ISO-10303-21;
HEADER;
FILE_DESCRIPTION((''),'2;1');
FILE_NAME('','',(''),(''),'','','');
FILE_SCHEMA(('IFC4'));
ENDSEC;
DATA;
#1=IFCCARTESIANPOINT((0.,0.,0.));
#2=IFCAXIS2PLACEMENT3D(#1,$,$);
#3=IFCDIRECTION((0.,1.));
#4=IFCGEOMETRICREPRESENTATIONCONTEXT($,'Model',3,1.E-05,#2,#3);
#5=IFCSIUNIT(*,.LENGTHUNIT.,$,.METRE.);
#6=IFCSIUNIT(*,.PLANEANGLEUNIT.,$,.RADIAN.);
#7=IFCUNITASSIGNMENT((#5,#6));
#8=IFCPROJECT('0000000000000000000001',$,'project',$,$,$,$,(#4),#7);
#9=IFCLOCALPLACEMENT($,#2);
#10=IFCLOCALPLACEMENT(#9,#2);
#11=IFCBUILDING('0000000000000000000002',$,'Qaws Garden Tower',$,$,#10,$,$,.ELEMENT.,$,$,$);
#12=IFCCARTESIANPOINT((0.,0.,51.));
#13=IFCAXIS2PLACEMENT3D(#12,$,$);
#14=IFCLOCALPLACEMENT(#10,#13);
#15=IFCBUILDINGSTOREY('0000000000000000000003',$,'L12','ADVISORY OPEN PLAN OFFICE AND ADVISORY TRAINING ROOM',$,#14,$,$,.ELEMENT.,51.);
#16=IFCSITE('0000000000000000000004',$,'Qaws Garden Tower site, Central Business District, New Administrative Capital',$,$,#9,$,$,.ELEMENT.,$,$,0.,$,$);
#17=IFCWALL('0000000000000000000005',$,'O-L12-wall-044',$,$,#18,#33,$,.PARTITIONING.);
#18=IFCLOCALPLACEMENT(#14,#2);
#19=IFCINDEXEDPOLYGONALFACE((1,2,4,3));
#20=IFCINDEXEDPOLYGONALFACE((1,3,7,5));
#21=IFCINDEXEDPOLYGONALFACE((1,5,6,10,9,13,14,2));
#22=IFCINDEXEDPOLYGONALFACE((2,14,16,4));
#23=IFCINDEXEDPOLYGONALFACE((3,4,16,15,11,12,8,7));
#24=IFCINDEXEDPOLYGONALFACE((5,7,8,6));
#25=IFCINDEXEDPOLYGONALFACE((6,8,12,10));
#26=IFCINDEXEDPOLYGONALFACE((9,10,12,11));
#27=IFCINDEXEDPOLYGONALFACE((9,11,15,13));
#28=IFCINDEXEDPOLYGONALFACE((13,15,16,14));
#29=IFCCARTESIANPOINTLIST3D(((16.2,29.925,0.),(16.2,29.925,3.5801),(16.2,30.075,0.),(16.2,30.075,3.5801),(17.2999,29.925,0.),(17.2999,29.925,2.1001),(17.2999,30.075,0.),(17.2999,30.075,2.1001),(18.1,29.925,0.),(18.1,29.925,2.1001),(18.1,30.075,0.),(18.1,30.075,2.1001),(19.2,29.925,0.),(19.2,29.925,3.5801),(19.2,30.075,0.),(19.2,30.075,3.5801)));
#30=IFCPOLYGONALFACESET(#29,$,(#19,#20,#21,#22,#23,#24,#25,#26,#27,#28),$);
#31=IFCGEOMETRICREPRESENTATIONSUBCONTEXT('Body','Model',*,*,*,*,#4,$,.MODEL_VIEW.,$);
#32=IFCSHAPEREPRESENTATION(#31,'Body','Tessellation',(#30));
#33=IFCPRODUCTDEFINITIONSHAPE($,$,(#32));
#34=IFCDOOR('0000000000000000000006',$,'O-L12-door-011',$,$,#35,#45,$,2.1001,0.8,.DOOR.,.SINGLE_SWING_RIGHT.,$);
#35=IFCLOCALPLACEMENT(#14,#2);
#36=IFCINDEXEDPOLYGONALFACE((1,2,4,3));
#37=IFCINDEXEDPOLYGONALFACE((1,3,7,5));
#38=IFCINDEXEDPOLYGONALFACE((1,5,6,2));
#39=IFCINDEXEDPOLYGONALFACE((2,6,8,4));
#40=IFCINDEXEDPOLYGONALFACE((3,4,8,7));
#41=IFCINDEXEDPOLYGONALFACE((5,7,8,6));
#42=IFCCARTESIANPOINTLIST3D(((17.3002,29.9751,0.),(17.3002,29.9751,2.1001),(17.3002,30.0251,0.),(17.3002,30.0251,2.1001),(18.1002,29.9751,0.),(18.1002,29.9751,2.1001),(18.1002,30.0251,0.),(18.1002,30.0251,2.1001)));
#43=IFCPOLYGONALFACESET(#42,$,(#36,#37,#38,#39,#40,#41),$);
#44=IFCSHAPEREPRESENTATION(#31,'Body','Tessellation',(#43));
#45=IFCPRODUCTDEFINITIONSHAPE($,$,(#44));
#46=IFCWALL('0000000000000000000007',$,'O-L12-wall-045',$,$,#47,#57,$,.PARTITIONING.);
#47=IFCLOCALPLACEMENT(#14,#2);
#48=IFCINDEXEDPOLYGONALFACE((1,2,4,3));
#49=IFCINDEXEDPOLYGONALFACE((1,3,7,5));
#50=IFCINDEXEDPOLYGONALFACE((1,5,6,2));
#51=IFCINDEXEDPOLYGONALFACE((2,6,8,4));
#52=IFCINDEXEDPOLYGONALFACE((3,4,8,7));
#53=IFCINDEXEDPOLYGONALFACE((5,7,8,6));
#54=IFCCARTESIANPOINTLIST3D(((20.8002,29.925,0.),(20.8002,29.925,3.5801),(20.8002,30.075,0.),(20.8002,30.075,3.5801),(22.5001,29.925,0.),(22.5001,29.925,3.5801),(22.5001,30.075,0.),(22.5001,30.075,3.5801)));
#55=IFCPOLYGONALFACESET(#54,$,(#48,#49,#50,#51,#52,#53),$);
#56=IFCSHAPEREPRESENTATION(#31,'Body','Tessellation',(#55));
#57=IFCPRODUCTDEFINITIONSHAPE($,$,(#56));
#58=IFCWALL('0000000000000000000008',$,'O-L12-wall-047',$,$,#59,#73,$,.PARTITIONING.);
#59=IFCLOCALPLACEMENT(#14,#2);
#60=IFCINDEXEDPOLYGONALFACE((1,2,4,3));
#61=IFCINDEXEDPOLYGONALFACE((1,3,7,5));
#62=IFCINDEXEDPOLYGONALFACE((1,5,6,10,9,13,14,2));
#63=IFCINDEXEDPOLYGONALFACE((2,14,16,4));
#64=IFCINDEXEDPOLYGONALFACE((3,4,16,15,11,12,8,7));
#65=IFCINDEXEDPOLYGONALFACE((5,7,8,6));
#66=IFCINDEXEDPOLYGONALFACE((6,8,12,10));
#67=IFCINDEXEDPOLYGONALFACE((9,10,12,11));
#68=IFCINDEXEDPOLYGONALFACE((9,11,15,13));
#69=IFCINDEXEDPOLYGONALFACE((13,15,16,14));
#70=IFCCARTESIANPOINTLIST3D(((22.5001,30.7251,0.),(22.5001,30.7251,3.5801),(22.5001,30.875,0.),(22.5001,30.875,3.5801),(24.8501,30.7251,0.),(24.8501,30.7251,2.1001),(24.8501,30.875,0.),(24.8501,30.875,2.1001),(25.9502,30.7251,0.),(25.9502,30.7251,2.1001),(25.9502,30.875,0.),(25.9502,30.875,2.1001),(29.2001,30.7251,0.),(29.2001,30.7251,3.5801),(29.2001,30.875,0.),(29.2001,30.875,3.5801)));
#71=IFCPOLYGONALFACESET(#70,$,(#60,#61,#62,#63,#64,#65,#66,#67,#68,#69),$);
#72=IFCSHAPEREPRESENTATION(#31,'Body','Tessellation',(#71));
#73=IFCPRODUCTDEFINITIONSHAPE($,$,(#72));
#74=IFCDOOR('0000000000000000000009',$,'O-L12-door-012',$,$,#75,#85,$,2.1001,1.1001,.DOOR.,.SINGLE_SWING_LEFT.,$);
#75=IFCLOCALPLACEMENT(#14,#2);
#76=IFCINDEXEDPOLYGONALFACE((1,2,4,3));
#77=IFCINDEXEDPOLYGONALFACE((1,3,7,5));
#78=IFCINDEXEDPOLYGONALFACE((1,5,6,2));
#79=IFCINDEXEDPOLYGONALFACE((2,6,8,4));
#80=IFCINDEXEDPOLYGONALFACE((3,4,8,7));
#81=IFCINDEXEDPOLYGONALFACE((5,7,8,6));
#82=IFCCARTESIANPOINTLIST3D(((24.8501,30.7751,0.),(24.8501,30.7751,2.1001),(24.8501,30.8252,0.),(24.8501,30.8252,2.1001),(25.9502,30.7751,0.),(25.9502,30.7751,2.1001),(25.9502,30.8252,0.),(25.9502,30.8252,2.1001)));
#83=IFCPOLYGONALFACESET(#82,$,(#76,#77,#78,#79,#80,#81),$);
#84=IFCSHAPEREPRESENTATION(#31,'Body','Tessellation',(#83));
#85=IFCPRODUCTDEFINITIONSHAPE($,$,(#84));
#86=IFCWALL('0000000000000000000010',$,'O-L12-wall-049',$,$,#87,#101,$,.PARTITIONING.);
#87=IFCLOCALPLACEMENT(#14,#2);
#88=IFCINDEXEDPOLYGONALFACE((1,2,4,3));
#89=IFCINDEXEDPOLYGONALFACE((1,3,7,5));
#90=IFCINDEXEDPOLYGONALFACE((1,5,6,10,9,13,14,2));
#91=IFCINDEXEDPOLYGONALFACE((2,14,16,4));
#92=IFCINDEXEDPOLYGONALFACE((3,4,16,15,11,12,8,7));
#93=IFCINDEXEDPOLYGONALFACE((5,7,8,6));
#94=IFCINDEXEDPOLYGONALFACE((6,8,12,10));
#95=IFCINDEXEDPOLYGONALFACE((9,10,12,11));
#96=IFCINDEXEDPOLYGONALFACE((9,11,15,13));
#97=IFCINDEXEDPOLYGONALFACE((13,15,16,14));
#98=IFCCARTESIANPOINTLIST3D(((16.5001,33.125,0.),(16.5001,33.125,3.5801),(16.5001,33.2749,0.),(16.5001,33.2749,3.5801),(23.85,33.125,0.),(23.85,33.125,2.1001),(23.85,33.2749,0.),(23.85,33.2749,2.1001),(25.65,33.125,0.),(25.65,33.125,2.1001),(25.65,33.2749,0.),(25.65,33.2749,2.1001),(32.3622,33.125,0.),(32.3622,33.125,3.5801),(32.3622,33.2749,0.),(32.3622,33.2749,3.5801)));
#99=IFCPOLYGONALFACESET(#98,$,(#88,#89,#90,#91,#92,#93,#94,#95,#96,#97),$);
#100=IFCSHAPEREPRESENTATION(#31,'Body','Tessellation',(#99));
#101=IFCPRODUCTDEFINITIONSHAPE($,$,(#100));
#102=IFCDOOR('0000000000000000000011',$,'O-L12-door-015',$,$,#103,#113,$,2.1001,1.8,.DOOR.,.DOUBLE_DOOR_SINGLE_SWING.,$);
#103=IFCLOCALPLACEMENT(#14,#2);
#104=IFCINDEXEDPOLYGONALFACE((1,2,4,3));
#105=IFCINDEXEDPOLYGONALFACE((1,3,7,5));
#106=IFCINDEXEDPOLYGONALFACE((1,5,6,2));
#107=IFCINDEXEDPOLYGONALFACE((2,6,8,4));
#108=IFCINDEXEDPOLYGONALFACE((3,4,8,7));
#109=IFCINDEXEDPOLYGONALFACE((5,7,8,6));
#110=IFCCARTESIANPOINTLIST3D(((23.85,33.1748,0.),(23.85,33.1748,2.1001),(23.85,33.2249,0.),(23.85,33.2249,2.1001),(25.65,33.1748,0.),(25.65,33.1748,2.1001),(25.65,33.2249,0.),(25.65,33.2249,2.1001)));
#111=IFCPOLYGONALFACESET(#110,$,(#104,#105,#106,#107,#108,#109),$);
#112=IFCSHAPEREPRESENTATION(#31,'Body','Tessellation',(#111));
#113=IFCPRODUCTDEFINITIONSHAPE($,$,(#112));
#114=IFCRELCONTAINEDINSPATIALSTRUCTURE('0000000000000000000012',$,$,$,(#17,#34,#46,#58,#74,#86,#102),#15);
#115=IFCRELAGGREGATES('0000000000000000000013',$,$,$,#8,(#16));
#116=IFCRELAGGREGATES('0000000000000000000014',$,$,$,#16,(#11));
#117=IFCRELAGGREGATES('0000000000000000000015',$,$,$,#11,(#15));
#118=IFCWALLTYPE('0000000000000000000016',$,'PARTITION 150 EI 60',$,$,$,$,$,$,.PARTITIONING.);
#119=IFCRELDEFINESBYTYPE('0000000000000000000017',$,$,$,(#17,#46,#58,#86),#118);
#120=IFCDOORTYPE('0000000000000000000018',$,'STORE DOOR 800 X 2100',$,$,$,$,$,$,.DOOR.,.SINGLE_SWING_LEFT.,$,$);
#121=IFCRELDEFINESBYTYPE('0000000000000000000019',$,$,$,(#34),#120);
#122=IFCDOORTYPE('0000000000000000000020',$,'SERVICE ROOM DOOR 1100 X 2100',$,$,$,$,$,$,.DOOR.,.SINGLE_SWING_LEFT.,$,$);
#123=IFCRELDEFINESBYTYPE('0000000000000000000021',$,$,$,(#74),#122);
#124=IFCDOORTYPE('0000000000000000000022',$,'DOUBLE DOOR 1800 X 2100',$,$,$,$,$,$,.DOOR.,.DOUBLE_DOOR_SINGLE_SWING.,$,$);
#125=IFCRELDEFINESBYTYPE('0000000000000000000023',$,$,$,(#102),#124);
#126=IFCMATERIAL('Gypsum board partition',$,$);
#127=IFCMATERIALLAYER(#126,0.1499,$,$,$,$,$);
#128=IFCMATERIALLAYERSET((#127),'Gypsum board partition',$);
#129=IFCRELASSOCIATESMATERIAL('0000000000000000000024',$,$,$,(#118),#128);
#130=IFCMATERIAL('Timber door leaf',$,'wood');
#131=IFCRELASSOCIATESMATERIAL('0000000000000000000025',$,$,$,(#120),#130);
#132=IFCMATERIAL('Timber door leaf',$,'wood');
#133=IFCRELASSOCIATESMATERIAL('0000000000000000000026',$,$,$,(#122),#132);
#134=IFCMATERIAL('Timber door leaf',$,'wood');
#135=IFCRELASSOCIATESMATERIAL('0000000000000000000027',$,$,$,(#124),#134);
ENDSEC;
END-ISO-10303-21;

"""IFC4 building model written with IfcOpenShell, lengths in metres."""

from ifc_helpers import new_model, si_unit, direction, frame, frame_2d, origin, place, context, subcontext, project, spatial, rectangle, extrude, material, layer, layer_set, type_object, element, fill, save


model = new_model("IFC4")

# Units and contexts
model_context = context("Model", 3, precision=1e-05, world=origin(), true_north=direction((0.0, 1.0)))
body_context = subcontext(model_context, "Body", "Model", "MODEL_VIEW")
ifc_project = project(units=[si_unit("LENGTHUNIT", "METRE"), si_unit("PLANEANGLEUNIT", "RADIAN")], contexts=[model_context])

# Site, building, storey
site_placement = place(None, origin())
site = spatial("IfcSite", under=ifc_project, at=site_placement, Name="Qaws Garden Tower site, Central Business District, New Administrative Capital", CompositionType="ELEMENT", RefElevation=0.0)
building_placement = place(site_placement, origin())
building = spatial("IfcBuilding", under=site, at=building_placement, Name="Qaws Garden Tower", CompositionType="ELEMENT")
storey_placement = place(building_placement, frame((0.0, 0.0, 51.0)))
storey = spatial("IfcBuildingStorey", under=building, at=storey_placement, Name="L12", Description="ADVISORY OPEN PLAN OFFICE AND ADVISORY TRAINING ROOM", CompositionType="ELEMENT", Elevation=51.0)

# Shared definitions
ifc_material_1 = material(Name="Gypsum board partition")
ifc_layer_1 = layer(ifc_material_1, 0.1499)
ifc_layer_set_1 = layer_set([ifc_layer_1], Name="Gypsum board partition")
wall_type_1 = type_object("IfcWallType", Name="PARTITION 150 EI 60", PredefinedType="PARTITIONING", material=ifc_layer_set_1)

# Wall, opening, door
wall_1_placement = place(storey_placement, frame((16.2, 30.0, 0.0), z_axis=(0.0, 0.0, 1.0), x_axis=(1.0, 0.0, 0.0)))
wall_1 = element("IfcWall", 1, at=wall_1_placement, inside=storey, type_object=wall_type_1, Name="O-L12-wall-044", PredefinedType="PARTITIONING", context=body_context, shape_type="SweptSolid", body=[
    extrude(rectangle(XDim=3.0, YDim=0.1499, at=frame_2d((1.5, 0.0))), origin(), (0.0, 0.0, 1.0), 3.5801),
])
opening_1_placement = place(wall_1_placement, frame((1.1001, 0.0, 0.0)))
opening_1 = element("IfcOpeningElement", 2, at=opening_1_placement, cuts=wall_1, PredefinedType="OPENING", context=body_context, shape_type="SweptSolid", body=[
    extrude(rectangle(XDim=0.8, YDim=2.1001, at=frame_2d((0.3999, 1.05))), frame((0.0, 0.085, 0.0), z_axis=(0.0, -1.0, 0.0), x_axis=(1.0, 0.0, 0.0)), (0.0, 0.0, 1.0), 0.1699),
])
ifc_material_2 = material(Name="Timber door leaf", Category="wood")
door_type_1 = type_object("IfcDoorType", Name="STORE DOOR 800 X 2100", OperationType="SINGLE_SWING_LEFT", PredefinedType="DOOR", material=ifc_material_2)
door_1_placement = place(opening_1_placement, frame((0.8, 0.0, 0.0), z_axis=(0.0, 0.0, 1.0), x_axis=(-1.0, 0.0, 0.0)))
door_1 = element("IfcDoor", 3, at=door_1_placement, inside=storey, type_object=door_type_1, Name="O-L12-door-011", OperationType="SINGLE_SWING_RIGHT", OverallHeight=2.1001, OverallWidth=0.8, PredefinedType="DOOR", context=body_context, shape_type="SweptSolid", body=[
    extrude(rectangle(XDim=0.8, YDim=2.1001, at=frame_2d((0.3999, 1.05))), frame((0.0, 0.0249, 0.0), z_axis=(0.0, -1.0, 0.0), x_axis=(1.0, 0.0, 0.0)), (0.0, 0.0, 1.0), 0.05),
])
fill(opening_1, door_1)

# Wall
wall_2_placement = place(storey_placement, frame((20.8, 30.0, 0.0), z_axis=(0.0, 0.0, 1.0), x_axis=(1.0, 0.0, 0.0)))
element("IfcWall", 4, at=wall_2_placement, inside=storey, type_object=wall_type_1, Name="O-L12-wall-045", PredefinedType="PARTITIONING", context=body_context, shape_type="SweptSolid", body=[
    extrude(rectangle(XDim=1.7, YDim=0.1499, at=frame_2d((0.8501, 0.0))), origin(), (0.0, 0.0, 1.0), 3.5801),
])

# Walls, openings, doors
wall_3_placement = place(storey_placement, frame((22.5, 30.8, 0.0), z_axis=(0.0, 0.0, 1.0), x_axis=(1.0, 0.0, 0.0)))
wall_3 = element("IfcWall", 5, at=wall_3_placement, inside=storey, type_object=wall_type_1, Name="O-L12-wall-047", PredefinedType="PARTITIONING", context=body_context, shape_type="SweptSolid", body=[
    extrude(rectangle(XDim=6.7, YDim=0.1499, at=frame_2d((3.3501, 0.0))), origin(), (0.0, 0.0, 1.0), 3.5801),
])
opening_2_placement = place(wall_3_placement, frame((2.3501, 0.0, 0.0)))
opening_2 = element("IfcOpeningElement", 6, at=opening_2_placement, cuts=wall_3, PredefinedType="OPENING", context=body_context, shape_type="SweptSolid", body=[
    extrude(rectangle(XDim=1.1001, YDim=2.1001, at=frame_2d((0.55, 1.05))), frame((0.0, 0.085, 0.0), z_axis=(0.0, -1.0, 0.0), x_axis=(1.0, 0.0, 0.0)), (0.0, 0.0, 1.0), 0.1699),
])
ifc_material_3 = material(Name="Timber door leaf", Category="wood")
door_type_2 = type_object("IfcDoorType", Name="SERVICE ROOM DOOR 1100 X 2100", OperationType="SINGLE_SWING_LEFT", PredefinedType="DOOR", material=ifc_material_3)
door_2_placement = place(opening_2_placement, frame((1.1001, 0.0, 0.0), z_axis=(0.0, 0.0, 1.0), x_axis=(-1.0, 0.0, 0.0)))
door_2 = element("IfcDoor", 7, at=door_2_placement, inside=storey, type_object=door_type_2, Name="O-L12-door-012", OperationType="SINGLE_SWING_LEFT", OverallHeight=2.1001, OverallWidth=1.1001, PredefinedType="DOOR", context=body_context, shape_type="SweptSolid", body=[
    extrude(rectangle(XDim=1.1001, YDim=2.1001, at=frame_2d((0.55, 1.05))), frame((0.0, 0.0249, 0.0), z_axis=(0.0, -1.0, 0.0), x_axis=(1.0, 0.0, 0.0)), (0.0, 0.0, 1.0), 0.05),
])
fill(opening_2, door_2)
wall_4_placement = place(storey_placement, frame((16.5, 33.2, 0.0), z_axis=(0.0, 0.0, 1.0), x_axis=(1.0, 0.0, 0.0)))
wall_4 = element("IfcWall", 8, at=wall_4_placement, inside=storey, type_object=wall_type_1, Name="O-L12-wall-049", PredefinedType="PARTITIONING", context=body_context, shape_type="SweptSolid", body=[
    extrude(rectangle(XDim=15.8621, YDim=0.1499, at=frame_2d((7.9312, 0.0))), origin(), (0.0, 0.0, 1.0), 3.5801),
])
opening_3_placement = place(wall_4_placement, frame((7.3501, 0.0, 0.0)))
opening_3 = element("IfcOpeningElement", 9, at=opening_3_placement, cuts=wall_4, PredefinedType="OPENING", context=body_context, shape_type="SweptSolid", body=[
    extrude(rectangle(XDim=1.8, YDim=2.1001, at=frame_2d((0.8999, 1.05))), frame((0.0, 0.085, 0.0), z_axis=(0.0, -1.0, 0.0), x_axis=(1.0, 0.0, 0.0)), (0.0, 0.0, 1.0), 0.1699),
])
ifc_material_4 = material(Name="Timber door leaf", Category="wood")
door_type_3 = type_object("IfcDoorType", Name="DOUBLE DOOR 1800 X 2100", OperationType="DOUBLE_DOOR_SINGLE_SWING", PredefinedType="DOOR", material=ifc_material_4)
door_3_placement = place(opening_3_placement, origin())
door_3 = element("IfcDoor", 10, at=door_3_placement, inside=storey, type_object=door_type_3, Name="O-L12-door-015", OperationType="DOUBLE_DOOR_SINGLE_SWING", OverallHeight=2.1001, OverallWidth=1.8, PredefinedType="DOOR", context=body_context, shape_type="SweptSolid", body=[
    extrude(rectangle(XDim=1.8, YDim=2.1001, at=frame_2d((0.8999, 1.05))), frame((0.0, 0.0249, 0.0), z_axis=(0.0, -1.0, 0.0), x_axis=(1.0, 0.0, 0.0)), (0.0, 0.0, 1.0), 0.05),
])
fill(opening_3, door_3)

save(model, "model.ifc")
